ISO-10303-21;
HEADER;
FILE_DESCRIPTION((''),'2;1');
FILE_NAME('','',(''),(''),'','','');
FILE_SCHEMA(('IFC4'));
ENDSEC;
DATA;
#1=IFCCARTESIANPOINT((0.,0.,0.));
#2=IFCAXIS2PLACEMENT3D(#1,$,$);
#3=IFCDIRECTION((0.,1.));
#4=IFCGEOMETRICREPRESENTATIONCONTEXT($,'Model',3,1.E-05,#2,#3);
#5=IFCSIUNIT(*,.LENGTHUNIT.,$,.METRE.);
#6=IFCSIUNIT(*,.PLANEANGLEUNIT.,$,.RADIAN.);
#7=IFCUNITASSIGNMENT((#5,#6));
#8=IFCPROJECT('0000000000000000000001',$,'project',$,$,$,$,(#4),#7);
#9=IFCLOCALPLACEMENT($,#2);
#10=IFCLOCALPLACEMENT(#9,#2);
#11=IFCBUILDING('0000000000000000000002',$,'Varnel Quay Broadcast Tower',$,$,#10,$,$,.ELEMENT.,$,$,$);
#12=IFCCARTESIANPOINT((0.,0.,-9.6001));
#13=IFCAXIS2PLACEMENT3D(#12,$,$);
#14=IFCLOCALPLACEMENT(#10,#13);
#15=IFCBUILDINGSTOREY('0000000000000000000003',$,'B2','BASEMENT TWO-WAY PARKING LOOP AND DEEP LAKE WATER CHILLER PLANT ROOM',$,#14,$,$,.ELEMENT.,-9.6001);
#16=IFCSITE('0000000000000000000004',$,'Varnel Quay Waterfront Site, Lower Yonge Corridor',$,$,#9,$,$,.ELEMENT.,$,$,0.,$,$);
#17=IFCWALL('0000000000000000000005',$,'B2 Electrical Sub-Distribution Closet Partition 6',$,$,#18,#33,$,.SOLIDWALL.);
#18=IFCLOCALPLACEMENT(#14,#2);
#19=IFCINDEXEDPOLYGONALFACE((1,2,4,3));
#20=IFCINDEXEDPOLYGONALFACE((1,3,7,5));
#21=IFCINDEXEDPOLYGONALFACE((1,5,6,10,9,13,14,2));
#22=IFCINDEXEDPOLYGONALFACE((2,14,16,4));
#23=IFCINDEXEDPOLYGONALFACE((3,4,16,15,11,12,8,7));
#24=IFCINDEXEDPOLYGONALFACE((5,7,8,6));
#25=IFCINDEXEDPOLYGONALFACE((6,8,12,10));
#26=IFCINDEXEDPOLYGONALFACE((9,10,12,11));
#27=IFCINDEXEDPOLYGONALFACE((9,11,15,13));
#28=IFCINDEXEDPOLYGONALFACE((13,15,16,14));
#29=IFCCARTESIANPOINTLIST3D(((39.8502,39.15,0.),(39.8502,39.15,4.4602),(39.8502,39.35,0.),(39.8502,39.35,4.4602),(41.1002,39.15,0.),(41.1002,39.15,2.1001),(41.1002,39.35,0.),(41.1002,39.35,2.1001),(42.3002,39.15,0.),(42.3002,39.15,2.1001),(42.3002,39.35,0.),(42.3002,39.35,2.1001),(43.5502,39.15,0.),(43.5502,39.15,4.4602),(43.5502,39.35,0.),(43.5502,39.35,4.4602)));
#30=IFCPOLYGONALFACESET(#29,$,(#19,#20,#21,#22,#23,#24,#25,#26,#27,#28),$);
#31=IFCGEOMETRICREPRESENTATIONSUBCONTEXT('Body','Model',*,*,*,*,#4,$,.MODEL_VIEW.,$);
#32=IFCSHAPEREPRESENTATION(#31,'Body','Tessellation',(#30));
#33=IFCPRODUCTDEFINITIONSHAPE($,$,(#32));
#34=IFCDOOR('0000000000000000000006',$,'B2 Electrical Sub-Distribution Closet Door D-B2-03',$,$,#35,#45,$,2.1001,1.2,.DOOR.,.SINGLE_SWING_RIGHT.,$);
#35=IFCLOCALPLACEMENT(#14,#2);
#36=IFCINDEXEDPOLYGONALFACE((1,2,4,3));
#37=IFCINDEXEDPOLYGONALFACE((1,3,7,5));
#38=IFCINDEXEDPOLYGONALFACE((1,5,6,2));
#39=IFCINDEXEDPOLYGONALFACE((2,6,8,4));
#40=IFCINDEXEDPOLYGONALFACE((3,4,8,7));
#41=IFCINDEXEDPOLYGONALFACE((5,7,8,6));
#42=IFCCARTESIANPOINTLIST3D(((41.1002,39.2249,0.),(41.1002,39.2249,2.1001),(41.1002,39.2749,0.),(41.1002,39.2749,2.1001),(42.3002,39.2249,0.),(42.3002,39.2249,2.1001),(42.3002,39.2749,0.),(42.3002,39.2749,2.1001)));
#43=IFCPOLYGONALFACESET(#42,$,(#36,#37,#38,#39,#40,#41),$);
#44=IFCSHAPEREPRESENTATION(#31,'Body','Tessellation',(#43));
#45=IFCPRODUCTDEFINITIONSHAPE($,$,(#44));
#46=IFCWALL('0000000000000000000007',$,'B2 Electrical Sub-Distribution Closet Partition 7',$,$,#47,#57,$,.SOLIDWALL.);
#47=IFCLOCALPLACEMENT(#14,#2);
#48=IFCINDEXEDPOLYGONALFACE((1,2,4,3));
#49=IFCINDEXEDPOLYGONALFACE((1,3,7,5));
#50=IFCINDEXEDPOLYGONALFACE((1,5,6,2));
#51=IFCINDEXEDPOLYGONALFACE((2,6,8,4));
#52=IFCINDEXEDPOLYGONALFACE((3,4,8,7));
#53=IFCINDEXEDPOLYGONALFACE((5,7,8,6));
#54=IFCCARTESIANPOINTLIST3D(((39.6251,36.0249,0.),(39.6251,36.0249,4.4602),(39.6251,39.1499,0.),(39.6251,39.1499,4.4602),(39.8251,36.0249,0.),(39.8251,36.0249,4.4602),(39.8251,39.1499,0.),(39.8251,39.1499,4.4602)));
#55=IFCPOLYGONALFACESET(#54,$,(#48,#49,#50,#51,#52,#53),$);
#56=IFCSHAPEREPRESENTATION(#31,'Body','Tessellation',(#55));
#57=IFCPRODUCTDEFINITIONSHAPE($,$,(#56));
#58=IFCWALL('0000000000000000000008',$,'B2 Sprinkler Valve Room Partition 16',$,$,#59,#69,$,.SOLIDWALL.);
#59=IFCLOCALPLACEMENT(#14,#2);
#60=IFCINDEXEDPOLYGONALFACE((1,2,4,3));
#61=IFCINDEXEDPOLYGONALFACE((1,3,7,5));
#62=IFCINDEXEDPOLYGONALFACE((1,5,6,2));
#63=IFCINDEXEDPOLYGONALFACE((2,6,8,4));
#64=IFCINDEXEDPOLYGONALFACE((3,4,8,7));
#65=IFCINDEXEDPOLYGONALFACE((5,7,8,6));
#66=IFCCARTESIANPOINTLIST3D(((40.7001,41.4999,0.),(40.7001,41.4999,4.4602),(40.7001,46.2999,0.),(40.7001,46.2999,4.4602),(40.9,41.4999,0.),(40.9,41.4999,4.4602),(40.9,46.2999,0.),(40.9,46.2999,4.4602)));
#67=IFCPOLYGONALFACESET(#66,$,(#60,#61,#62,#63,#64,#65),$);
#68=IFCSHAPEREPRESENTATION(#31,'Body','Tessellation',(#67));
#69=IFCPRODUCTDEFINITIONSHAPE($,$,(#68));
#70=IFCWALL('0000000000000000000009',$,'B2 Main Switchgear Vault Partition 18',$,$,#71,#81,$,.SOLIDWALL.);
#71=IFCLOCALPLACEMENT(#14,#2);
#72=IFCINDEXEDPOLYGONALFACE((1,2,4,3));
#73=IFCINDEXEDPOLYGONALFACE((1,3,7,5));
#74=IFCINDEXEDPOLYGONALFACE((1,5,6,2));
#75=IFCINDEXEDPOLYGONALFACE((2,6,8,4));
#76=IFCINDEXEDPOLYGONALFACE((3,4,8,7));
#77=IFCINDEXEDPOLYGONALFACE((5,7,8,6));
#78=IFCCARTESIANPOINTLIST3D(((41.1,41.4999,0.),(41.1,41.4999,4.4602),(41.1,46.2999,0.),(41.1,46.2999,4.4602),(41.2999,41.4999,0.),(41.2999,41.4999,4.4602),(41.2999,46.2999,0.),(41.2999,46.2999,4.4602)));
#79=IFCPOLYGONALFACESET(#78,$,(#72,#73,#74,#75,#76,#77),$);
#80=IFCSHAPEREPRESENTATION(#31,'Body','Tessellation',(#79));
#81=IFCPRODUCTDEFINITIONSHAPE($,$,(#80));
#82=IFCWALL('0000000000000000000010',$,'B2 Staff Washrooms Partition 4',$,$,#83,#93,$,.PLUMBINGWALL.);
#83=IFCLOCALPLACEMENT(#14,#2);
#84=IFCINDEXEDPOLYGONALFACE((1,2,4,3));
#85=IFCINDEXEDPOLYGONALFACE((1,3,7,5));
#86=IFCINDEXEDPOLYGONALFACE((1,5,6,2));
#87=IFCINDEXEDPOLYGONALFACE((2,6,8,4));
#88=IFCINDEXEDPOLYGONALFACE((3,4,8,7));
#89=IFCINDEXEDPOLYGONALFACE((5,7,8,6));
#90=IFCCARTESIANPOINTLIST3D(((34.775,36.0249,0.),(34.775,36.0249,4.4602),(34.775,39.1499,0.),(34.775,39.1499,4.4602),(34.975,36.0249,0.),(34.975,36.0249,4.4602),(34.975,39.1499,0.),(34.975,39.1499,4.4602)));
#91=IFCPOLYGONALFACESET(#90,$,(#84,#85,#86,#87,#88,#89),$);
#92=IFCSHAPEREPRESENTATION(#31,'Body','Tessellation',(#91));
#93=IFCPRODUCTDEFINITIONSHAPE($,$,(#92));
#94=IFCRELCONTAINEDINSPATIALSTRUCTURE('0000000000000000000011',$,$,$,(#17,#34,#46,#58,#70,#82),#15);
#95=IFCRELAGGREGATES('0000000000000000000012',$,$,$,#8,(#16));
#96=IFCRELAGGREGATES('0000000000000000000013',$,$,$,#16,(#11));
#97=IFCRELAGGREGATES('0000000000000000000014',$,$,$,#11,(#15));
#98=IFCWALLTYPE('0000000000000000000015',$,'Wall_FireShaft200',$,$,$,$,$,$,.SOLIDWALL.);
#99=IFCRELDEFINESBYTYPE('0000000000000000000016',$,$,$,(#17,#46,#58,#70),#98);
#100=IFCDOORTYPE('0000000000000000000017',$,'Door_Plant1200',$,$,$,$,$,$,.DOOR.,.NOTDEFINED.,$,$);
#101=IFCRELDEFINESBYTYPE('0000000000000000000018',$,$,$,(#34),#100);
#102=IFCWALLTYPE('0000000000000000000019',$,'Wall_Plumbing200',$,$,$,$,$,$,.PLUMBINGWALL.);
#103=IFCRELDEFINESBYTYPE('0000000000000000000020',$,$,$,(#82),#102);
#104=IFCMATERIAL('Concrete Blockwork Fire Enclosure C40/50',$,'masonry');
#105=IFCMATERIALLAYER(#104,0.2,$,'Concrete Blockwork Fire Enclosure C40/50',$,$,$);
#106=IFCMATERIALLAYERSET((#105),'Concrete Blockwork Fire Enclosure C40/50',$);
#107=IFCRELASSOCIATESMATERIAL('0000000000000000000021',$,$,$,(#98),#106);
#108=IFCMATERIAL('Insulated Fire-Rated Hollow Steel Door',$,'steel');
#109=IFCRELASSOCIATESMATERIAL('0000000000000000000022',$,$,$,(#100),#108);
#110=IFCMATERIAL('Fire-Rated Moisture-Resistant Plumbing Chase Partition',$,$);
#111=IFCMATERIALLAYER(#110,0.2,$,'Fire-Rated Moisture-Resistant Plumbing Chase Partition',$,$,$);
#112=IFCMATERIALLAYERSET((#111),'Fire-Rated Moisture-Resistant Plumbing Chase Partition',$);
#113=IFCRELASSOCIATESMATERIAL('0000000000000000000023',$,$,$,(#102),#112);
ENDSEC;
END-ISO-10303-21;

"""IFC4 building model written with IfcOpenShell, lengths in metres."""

from ifc_helpers import new_model, si_unit, direction, frame, frame_2d, origin, place, context, subcontext, project, spatial, rectangle, extrude, source, transform, mapped, material, layer, layer_set, type_object, type_shapes, element, fill, save


model = new_model("IFC4")

# Units and contexts
model_context = context("Model", 3, precision=1e-05, world=origin(), true_north=direction((0.0, 1.0)))
body_context = subcontext(model_context, "Body", "Model", "MODEL_VIEW")
ifc_project = project(units=[si_unit("LENGTHUNIT", "METRE"), si_unit("PLANEANGLEUNIT", "RADIAN")], contexts=[model_context])

# Site, building, storey
site_placement = place(None, origin())
site = spatial("IfcSite", under=ifc_project, at=site_placement, Name="Varnel Quay Waterfront Site, Lower Yonge Corridor", CompositionType="ELEMENT", RefElevation=0.0)
building_placement = place(site_placement, origin())
building = spatial("IfcBuilding", under=site, at=building_placement, Name="Varnel Quay Broadcast Tower", CompositionType="ELEMENT")
storey_placement = place(building_placement, frame((0.0, 0.0, -9.6001)))
storey = spatial("IfcBuildingStorey", under=building, at=storey_placement, Name="B2", Description="BASEMENT TWO-WAY PARKING LOOP AND DEEP LAKE WATER CHILLER PLANT ROOM", CompositionType="ELEMENT", Elevation=-9.6001)

# Shared definitions
ifc_material_1 = material(Name="Insulated Fire-Rated Hollow Steel Door", Category="steel")

# Shared definitions
ifc_material_2 = material(Name="Concrete Blockwork Fire Enclosure C40/50", Category="masonry")
ifc_layer_1 = layer(ifc_material_2, 0.2, Name="Concrete Blockwork Fire Enclosure C40/50")
ifc_layer_set_1 = layer_set([ifc_layer_1], Name="Concrete Blockwork Fire Enclosure C40/50")
wall_type_1 = type_object("IfcWallType", Name="Wall_FireShaft200", PredefinedType="SOLIDWALL", material=ifc_layer_set_1)

# Wall, opening, door
wall_1_placement = place(storey_placement, frame((39.8501, 39.25, 0.0), z_axis=(0.0, 0.0, 1.0), x_axis=(1.0, 0.0, 0.0)))
wall_1 = element("IfcWall", 1, at=wall_1_placement, inside=storey, type_object=wall_type_1, Name="B2 Electrical Sub-Distribution Closet Partition 6", PredefinedType="SOLIDWALL", context=body_context, shape_type="SweptSolid", body=[
    extrude(rectangle(XDim=3.7, YDim=0.2, at=frame_2d((1.8501, 0.0))), origin(), (0.0, 0.0, 1.0), 4.4602),
])
opening_1_placement = place(wall_1_placement, frame((1.25, 0.0, 0.0)))
opening_1 = element("IfcOpeningElement", 2, at=opening_1_placement, cuts=wall_1, PredefinedType="OPENING", context=body_context, shape_type="SweptSolid", body=[
    extrude(rectangle(XDim=1.2, YDim=2.1001, at=frame_2d((0.6001, 1.05))), frame((0.0, 0.1099, 0.0), z_axis=(0.0, -1.0, 0.0), x_axis=(1.0, 0.0, 0.0)), (0.0, 0.0, 1.0), 0.22),
])
door_type_1 = type_object("IfcDoorType", Name="Door_Plant1200", OperationType="NOTDEFINED", PredefinedType="DOOR", material=ifc_material_1)
shared_shape_1 = source(origin(), body_context, "Body", "SweptSolid", [
    extrude(rectangle(XDim=1.2, YDim=2.1001, at=frame_2d((0.6001, 1.05))), frame((0.0, 0.0249, 0.0), z_axis=(0.0, -1.0, 0.0), x_axis=(1.0, 0.0, 0.0)), (0.0, 0.0, 1.0), 0.05),
])
type_shapes(door_type_1, [shared_shape_1])
door_1_placement = place(opening_1_placement, origin())
door_1 = element("IfcDoor", 3, at=door_1_placement, inside=storey, type_object=door_type_1, Name="B2 Electrical Sub-Distribution Closet Door D-B2-03", OperationType="SINGLE_SWING_RIGHT", OverallHeight=2.1001, OverallWidth=1.2, PredefinedType="DOOR", context=body_context, shape_type="MappedRepresentation", body=[
    mapped(shared_shape_1, transform((0.0, 0.0, 0.0), x_axis=(1.0, 0.0, 0.0), y_axis=(0.0, 1.0, 0.0), z_axis=(0.0, 0.0, 1.0), scale=1.0)),
])
fill(opening_1, door_1)

# Walls
wall_2_placement = place(storey_placement, frame((39.7251, 36.0249, 0.0), z_axis=(0.0, 0.0, 1.0), x_axis=(0.0, 1.0, 0.0)))
element("IfcWall", 4, at=wall_2_placement, inside=storey, type_object=wall_type_1, Name="B2 Electrical Sub-Distribution Closet Partition 7", PredefinedType="SOLIDWALL", context=body_context, shape_type="SweptSolid", body=[
    extrude(rectangle(XDim=3.125, YDim=0.2, at=frame_2d((1.5625, 0.0))), origin(), (0.0, 0.0, 1.0), 4.4602),
])
for number, where, z_axis, x_axis, name in (
    (5, (40.8, 41.5, 0.0), (0.0, 0.0, 1.0), (0.0, 1.0, 0.0), "B2 Sprinkler Valve Room Partition 16"),
    (6, (41.2, 41.5, 0.0), (0.0, 0.0, 1.0), (0.0, 1.0, 0.0), "B2 Main Switchgear Vault Partition 18"),
):
    element("IfcWall", number, at=place(storey_placement, frame(where, z_axis=z_axis, x_axis=x_axis)), inside=storey, type_object=wall_type_1, Name=name, PredefinedType="SOLIDWALL", context=body_context, shape_type="SweptSolid", body=[
        extrude(rectangle(XDim=4.8, YDim=0.2, at=frame_2d((2.3999, 0.0))), origin(), (0.0, 0.0, 1.0), 4.4602),
    ])
ifc_material_3 = material(Name="Fire-Rated Moisture-Resistant Plumbing Chase Partition")
ifc_layer_2 = layer(ifc_material_3, 0.2, Name="Fire-Rated Moisture-Resistant Plumbing Chase Partition")
ifc_layer_set_2 = layer_set([ifc_layer_2], Name="Fire-Rated Moisture-Resistant Plumbing Chase Partition")
wall_type_2 = type_object("IfcWallType", Name="Wall_Plumbing200", PredefinedType="PLUMBINGWALL", material=ifc_layer_set_2)
wall_3_placement = place(storey_placement, frame((34.875, 36.0249, 0.0), z_axis=(0.0, 0.0, 1.0), x_axis=(0.0, 1.0, 0.0)))
element("IfcWall", 7, at=wall_3_placement, inside=storey, type_object=wall_type_2, Name="B2 Staff Washrooms Partition 4", PredefinedType="PLUMBINGWALL", context=body_context, shape_type="SweptSolid", body=[
    extrude(rectangle(XDim=3.125, YDim=0.2, at=frame_2d((1.5625, 0.0))), origin(), (0.0, 0.0, 1.0), 4.4602),
])

save(model, "model.ifc")
